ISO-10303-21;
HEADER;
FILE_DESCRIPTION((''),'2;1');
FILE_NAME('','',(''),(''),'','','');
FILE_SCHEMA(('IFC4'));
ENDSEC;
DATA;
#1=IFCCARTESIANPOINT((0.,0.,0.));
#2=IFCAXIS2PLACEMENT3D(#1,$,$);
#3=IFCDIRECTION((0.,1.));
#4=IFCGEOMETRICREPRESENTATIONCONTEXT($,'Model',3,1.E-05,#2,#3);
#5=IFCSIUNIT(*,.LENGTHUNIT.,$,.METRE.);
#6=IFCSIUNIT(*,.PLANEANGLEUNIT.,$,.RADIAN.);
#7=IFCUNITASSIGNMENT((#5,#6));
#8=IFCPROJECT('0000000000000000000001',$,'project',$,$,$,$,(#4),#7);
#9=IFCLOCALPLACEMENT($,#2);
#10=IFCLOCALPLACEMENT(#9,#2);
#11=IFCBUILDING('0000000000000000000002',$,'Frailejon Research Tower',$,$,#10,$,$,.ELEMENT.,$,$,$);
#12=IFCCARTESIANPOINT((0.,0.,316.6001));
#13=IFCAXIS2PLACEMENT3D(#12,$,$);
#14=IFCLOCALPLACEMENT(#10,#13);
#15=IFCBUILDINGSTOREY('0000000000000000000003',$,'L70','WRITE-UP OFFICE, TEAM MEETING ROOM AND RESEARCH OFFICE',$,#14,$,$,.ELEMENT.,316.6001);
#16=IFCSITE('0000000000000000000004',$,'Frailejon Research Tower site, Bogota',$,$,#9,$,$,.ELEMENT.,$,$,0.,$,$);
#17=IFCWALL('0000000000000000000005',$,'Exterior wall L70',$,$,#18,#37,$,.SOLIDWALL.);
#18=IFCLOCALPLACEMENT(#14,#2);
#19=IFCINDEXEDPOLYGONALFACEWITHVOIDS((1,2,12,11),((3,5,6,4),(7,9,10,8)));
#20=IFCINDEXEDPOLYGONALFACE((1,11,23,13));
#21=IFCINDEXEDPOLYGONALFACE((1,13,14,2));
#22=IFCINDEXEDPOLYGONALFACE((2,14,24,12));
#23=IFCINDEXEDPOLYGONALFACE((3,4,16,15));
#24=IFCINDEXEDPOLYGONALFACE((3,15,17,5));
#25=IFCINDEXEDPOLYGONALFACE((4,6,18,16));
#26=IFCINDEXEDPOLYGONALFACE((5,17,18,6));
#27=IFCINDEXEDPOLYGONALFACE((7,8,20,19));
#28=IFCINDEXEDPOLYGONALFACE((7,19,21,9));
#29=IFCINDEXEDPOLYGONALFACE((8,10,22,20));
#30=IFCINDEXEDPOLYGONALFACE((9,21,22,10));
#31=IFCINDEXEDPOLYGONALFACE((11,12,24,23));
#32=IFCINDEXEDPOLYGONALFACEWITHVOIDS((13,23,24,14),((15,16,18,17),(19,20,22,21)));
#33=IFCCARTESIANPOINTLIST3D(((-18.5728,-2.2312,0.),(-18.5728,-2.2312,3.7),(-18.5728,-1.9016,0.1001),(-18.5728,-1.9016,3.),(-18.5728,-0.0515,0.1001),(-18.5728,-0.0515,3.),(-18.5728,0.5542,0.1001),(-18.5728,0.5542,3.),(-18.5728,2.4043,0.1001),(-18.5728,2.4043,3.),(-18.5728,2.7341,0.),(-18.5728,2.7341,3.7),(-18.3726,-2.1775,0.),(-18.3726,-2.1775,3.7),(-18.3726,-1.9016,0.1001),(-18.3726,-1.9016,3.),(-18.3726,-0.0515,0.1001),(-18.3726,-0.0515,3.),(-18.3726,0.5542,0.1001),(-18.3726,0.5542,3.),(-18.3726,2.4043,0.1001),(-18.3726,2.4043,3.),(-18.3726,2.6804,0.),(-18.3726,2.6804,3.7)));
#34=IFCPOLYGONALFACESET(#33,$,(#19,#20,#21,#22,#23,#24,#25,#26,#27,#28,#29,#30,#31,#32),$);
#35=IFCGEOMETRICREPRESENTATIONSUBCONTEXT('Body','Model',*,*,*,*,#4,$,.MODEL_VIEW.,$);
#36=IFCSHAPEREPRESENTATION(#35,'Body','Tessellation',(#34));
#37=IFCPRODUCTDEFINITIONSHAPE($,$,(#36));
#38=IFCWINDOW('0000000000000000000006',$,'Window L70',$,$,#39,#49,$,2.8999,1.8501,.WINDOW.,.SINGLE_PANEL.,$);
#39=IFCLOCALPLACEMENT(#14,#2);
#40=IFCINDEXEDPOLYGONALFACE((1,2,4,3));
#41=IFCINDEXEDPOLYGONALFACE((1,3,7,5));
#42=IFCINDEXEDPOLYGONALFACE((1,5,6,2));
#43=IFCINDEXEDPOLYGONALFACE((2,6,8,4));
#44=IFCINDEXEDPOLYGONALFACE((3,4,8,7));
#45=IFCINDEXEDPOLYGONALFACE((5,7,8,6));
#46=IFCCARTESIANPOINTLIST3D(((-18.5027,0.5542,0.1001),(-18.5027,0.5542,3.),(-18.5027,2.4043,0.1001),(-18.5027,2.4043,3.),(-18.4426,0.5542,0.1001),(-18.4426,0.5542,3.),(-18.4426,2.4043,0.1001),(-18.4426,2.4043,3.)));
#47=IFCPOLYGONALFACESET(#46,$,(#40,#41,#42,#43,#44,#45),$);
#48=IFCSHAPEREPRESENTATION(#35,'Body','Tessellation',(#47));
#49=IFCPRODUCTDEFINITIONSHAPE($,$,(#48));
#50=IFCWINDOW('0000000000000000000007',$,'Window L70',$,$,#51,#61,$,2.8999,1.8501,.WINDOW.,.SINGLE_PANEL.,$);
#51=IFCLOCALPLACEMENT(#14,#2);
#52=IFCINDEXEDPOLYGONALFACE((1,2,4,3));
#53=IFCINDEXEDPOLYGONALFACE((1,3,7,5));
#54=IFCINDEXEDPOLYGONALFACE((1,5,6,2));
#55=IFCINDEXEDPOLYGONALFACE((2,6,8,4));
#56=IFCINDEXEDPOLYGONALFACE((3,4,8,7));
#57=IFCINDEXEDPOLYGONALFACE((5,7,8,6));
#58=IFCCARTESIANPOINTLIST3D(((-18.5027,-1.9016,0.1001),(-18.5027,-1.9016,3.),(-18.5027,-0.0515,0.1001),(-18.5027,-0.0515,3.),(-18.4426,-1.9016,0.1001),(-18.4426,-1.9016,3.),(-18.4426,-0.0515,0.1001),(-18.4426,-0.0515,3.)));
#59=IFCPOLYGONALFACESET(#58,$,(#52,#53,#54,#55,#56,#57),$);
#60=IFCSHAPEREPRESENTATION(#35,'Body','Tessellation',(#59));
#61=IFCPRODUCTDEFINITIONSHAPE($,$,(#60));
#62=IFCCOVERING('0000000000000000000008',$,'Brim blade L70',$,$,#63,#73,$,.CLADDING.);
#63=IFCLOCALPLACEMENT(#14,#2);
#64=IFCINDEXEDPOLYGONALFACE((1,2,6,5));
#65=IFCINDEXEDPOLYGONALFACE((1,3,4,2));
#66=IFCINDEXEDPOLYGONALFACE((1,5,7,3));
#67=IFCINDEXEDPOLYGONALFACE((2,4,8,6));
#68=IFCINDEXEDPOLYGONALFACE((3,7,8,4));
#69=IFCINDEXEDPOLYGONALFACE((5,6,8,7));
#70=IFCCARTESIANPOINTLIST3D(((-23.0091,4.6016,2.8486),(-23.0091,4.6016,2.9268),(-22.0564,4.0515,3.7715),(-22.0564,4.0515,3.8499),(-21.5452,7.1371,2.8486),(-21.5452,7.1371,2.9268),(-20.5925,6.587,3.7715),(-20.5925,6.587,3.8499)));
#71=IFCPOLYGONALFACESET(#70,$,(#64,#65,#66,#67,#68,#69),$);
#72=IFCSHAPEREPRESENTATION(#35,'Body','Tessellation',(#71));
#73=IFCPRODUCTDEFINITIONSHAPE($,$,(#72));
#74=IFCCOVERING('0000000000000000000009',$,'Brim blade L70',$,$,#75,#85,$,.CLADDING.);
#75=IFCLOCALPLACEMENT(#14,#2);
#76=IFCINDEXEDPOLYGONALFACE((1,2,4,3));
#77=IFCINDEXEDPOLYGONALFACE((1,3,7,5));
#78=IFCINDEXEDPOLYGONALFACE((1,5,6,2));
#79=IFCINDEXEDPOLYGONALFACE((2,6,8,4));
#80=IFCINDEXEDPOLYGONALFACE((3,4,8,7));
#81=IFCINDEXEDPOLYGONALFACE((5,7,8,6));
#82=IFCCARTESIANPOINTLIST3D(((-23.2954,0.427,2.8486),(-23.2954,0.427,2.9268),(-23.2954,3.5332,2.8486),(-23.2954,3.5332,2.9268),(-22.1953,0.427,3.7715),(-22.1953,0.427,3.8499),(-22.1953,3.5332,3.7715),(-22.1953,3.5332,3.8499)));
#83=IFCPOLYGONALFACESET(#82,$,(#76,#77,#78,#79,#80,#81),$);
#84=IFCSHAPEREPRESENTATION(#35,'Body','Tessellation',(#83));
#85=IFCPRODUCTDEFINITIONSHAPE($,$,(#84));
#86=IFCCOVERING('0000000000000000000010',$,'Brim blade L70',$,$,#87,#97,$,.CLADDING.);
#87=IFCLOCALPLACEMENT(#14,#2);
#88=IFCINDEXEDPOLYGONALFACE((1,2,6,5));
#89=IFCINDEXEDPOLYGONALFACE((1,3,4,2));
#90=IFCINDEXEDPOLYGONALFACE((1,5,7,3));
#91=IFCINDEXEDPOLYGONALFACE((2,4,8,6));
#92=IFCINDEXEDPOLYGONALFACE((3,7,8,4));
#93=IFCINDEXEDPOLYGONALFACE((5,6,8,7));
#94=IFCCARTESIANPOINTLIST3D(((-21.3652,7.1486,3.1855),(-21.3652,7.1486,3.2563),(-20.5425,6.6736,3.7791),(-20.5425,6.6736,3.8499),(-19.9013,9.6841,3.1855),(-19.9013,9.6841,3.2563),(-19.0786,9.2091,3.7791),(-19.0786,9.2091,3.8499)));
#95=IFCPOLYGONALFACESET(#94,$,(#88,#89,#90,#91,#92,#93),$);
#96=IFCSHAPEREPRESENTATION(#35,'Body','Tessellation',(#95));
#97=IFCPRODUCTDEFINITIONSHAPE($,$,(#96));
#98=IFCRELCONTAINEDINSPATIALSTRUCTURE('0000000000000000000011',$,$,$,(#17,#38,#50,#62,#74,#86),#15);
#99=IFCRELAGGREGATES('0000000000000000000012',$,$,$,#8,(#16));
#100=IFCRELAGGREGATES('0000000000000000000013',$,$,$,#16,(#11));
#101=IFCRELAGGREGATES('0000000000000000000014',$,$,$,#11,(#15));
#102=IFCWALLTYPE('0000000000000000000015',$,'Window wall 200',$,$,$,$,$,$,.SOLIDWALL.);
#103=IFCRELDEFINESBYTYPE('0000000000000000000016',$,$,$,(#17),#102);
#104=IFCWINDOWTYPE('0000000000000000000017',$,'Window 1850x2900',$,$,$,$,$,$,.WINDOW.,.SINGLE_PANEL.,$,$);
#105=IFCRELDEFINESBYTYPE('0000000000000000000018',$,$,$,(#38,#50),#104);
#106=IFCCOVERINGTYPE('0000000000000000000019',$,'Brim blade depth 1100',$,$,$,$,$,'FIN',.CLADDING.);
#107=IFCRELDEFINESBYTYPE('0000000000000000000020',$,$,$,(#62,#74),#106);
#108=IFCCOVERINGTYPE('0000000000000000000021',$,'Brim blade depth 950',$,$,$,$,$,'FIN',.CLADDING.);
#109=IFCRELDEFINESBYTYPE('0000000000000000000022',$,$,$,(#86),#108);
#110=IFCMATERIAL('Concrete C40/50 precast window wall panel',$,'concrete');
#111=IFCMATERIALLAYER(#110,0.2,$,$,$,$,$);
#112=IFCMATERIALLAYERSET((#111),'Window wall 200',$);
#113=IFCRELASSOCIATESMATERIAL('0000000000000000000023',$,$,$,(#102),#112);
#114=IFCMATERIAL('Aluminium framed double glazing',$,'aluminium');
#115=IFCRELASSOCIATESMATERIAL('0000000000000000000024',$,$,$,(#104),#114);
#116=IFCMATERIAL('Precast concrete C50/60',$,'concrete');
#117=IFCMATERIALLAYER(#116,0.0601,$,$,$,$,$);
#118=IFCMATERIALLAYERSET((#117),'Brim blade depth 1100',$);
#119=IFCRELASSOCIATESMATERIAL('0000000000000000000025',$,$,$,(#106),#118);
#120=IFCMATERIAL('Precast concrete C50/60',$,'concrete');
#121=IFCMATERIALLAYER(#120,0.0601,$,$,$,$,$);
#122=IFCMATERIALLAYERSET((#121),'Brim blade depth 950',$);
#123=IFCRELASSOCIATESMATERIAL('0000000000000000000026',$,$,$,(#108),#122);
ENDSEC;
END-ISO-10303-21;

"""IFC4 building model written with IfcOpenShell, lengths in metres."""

from ifc_helpers import new_model, si_unit, direction, frame, frame_2d, origin, place, context, subcontext, project, spatial, polyline, rectangle, outline, extrude, material, layer, layer_set, type_object, element, fill, save


model = new_model("IFC4")

# Units and contexts
model_context = context("Model", 3, precision=1e-05, world=origin(), true_north=direction((0.0, 1.0)))
body_context = subcontext(model_context, "Body", "Model", "MODEL_VIEW")
ifc_project = project(units=[si_unit("LENGTHUNIT", "METRE"), si_unit("PLANEANGLEUNIT", "RADIAN")], contexts=[model_context])

# Site, building, storey
site_placement = place(None, origin())
site = spatial("IfcSite", under=ifc_project, at=site_placement, Name="Frailejon Research Tower site, Bogota", CompositionType="ELEMENT", RefElevation=0.0)
building_placement = place(site_placement, origin())
building = spatial("IfcBuilding", under=site, at=building_placement, Name="Frailejon Research Tower", CompositionType="ELEMENT")
storey_placement = place(building_placement, frame((0.0, 0.0, 316.6001)))
storey = spatial("IfcBuildingStorey", under=building, at=storey_placement, Name="L70", Description="WRITE-UP OFFICE, TEAM MEETING ROOM AND RESEARCH OFFICE", CompositionType="ELEMENT", Elevation=316.6001)

# Wall, openings, windows
ifc_material_1 = material(Name="Concrete C40/50 precast window wall panel", Category="concrete")
ifc_layer_1 = layer(ifc_material_1, 0.2)
ifc_layer_set_1 = layer_set([ifc_layer_1], Name="Window wall 200")
wall_type_1 = type_object("IfcWallType", Name="Window wall 200", PredefinedType="SOLIDWALL", material=ifc_layer_set_1)
wall_1_placement = place(storey_placement, frame((-18.4727, 2.7073, 0.0), z_axis=(0.0, 0.0, 1.0), x_axis=(0.0, -1.0, 0.0)))
wall_1 = element("IfcWall", 1, at=wall_1_placement, inside=storey, type_object=wall_type_1, Name="Exterior wall L70", PredefinedType="SOLIDWALL", context=body_context, shape_type="SweptSolid", body=[
    extrude(outline(polyline([(-0.0269, -0.1001), (1.2144, -0.1001), (2.4558, -0.1001), (3.6973, -0.1001), (4.9385, -0.1001), (4.8848, 0.1001), (3.6704, 0.1001), (2.4558, 0.1001), (1.2412, 0.1001), (0.0269, 0.1001), (-0.0269, -0.1001)])), origin(), (0.0, 0.0, 1.0), 3.7),
])
opening_1_placement = place(wall_1_placement, frame((0.303, 0.0, 0.1001)))
opening_1 = element("IfcOpeningElement", 2, at=opening_1_placement, cuts=wall_1, PredefinedType="OPENING", context=body_context, shape_type="SweptSolid", body=[
    extrude(rectangle(XDim=1.8501, YDim=2.8999, at=frame_2d((0.925, 1.45))), frame((0.0, 0.1099, 0.0), z_axis=(0.0, -1.0, 0.0), x_axis=(1.0, 0.0, 0.0)), (0.0, 0.0, 1.0), 0.22),
])
opening_2_placement = place(wall_1_placement, frame((2.7588, 0.0, 0.1001)))
opening_2 = element("IfcOpeningElement", 3, at=opening_2_placement, cuts=wall_1, PredefinedType="OPENING", context=body_context, shape_type="SweptSolid", body=[
    extrude(rectangle(XDim=1.8501, YDim=2.8999, at=frame_2d((0.925, 1.45))), frame((0.0, 0.1099, 0.0), z_axis=(0.0, -1.0, 0.0), x_axis=(1.0, 0.0, 0.0)), (0.0, 0.0, 1.0), 0.22),
])
ifc_material_2 = material(Name="Aluminium framed double glazing", Category="aluminium")
window_type = type_object("IfcWindowType", Name="Window 1850x2900", PartitioningType="SINGLE_PANEL", PredefinedType="WINDOW", material=ifc_material_2)
window_1_placement = place(opening_1_placement, origin())
window_1 = element("IfcWindow", 4, at=window_1_placement, inside=storey, type_object=window_type, Name="Window L70", OverallHeight=2.8999, OverallWidth=1.8501, PartitioningType="SINGLE_PANEL", PredefinedType="WINDOW", context=body_context, shape_type="SweptSolid", body=[
    extrude(rectangle(XDim=1.8501, YDim=2.8999, at=frame_2d((0.925, 1.45))), frame((0.0, 0.03, 0.0), z_axis=(0.0, -1.0, 0.0), x_axis=(1.0, 0.0, 0.0)), (0.0, 0.0, 1.0), 0.0601),
])
fill(opening_1, window_1)
window_2_placement = place(opening_2_placement, origin())
window_2 = element("IfcWindow", 5, at=window_2_placement, inside=storey, type_object=window_type, Name="Window L70", OverallHeight=2.8999, OverallWidth=1.8501, PartitioningType="SINGLE_PANEL", PredefinedType="WINDOW", context=body_context, shape_type="SweptSolid", body=[
    extrude(rectangle(XDim=1.8501, YDim=2.8999, at=frame_2d((0.925, 1.45))), frame((0.0, 0.03, 0.0), z_axis=(0.0, -1.0, 0.0), x_axis=(1.0, 0.0, 0.0)), (0.0, 0.0, 1.0), 0.0601),
])
fill(opening_2, window_2)

# Coverings
ifc_material_3 = material(Name="Precast concrete C50/60", Category="concrete")
ifc_layer_2 = layer(ifc_material_3, 0.0601)
ifc_layer_set_2 = layer_set([ifc_layer_2], Name="Brim blade depth 1100")
covering_type_1 = type_object("IfcCoveringType", Name="Brim blade depth 1100", ElementType="FIN", PredefinedType="CLADDING", material=ifc_layer_set_2)
covering_1_placement = place(storey_placement, frame((-22.0564, 4.0515, 3.8499), z_axis=(0.500007, 0.866021, 0.0), x_axis=(-0.866021, 0.500007, 0.0)))
element("IfcCovering", 6, at=covering_1_placement, inside=storey, type_object=covering_type_1, Name="Brim blade L70", PredefinedType="CLADDING", context=body_context, shape_type="SweptSolid", body=[
    extrude(outline(polyline([(0.0, -0.0784), (1.1001, -1.0012), (1.1001, -0.9231), (0.0, 0.0), (0.0, -0.0784)])), origin(), (0.0, 0.0, 1.0), 2.9277),
])
covering_2_placement = place(storey_placement, frame((-22.1953, 0.427, 3.8499), z_axis=(0.0, 1.0, 0.0), x_axis=(-1.0, 0.0, 0.0)))
element("IfcCovering", 7, at=covering_2_placement, inside=storey, type_object=covering_type_1, Name="Brim blade L70", PredefinedType="CLADDING", context=body_context, shape_type="SweptSolid", body=[
    extrude(outline(polyline([(0.0, -0.0784), (1.1001, -1.0012), (1.1001, -0.9231), (0.0, 0.0), (0.0, -0.0784)])), origin(), (0.0, 0.0, 1.0), 3.1062),
])
ifc_material_4 = material(Name="Precast concrete C50/60", Category="concrete")
ifc_layer_3 = layer(ifc_material_4, 0.0601)
ifc_layer_set_3 = layer_set([ifc_layer_3], Name="Brim blade depth 950")
covering_type_2 = type_object("IfcCoveringType", Name="Brim blade depth 950", ElementType="FIN", PredefinedType="CLADDING", material=ifc_layer_set_3)
covering_3_placement = place(storey_placement, frame((-20.5425, 6.6736, 3.8499), z_axis=(0.499993, 0.866029, 0.0), x_axis=(-0.866029, 0.499993, 0.0)))
element("IfcCovering", 8, at=covering_3_placement, inside=storey, type_object=covering_type_2, Name="Brim blade L70", PredefinedType="CLADDING", context=body_context, shape_type="SweptSolid", body=[
    extrude(outline(polyline([(0.0, -0.0708), (0.95, -0.6643), (0.95, -0.5935), (0.0, 0.0), (0.0, -0.0708)])), origin(), (0.0, 0.0, 1.0), 2.9277),
])

save(model, "model.ifc")
